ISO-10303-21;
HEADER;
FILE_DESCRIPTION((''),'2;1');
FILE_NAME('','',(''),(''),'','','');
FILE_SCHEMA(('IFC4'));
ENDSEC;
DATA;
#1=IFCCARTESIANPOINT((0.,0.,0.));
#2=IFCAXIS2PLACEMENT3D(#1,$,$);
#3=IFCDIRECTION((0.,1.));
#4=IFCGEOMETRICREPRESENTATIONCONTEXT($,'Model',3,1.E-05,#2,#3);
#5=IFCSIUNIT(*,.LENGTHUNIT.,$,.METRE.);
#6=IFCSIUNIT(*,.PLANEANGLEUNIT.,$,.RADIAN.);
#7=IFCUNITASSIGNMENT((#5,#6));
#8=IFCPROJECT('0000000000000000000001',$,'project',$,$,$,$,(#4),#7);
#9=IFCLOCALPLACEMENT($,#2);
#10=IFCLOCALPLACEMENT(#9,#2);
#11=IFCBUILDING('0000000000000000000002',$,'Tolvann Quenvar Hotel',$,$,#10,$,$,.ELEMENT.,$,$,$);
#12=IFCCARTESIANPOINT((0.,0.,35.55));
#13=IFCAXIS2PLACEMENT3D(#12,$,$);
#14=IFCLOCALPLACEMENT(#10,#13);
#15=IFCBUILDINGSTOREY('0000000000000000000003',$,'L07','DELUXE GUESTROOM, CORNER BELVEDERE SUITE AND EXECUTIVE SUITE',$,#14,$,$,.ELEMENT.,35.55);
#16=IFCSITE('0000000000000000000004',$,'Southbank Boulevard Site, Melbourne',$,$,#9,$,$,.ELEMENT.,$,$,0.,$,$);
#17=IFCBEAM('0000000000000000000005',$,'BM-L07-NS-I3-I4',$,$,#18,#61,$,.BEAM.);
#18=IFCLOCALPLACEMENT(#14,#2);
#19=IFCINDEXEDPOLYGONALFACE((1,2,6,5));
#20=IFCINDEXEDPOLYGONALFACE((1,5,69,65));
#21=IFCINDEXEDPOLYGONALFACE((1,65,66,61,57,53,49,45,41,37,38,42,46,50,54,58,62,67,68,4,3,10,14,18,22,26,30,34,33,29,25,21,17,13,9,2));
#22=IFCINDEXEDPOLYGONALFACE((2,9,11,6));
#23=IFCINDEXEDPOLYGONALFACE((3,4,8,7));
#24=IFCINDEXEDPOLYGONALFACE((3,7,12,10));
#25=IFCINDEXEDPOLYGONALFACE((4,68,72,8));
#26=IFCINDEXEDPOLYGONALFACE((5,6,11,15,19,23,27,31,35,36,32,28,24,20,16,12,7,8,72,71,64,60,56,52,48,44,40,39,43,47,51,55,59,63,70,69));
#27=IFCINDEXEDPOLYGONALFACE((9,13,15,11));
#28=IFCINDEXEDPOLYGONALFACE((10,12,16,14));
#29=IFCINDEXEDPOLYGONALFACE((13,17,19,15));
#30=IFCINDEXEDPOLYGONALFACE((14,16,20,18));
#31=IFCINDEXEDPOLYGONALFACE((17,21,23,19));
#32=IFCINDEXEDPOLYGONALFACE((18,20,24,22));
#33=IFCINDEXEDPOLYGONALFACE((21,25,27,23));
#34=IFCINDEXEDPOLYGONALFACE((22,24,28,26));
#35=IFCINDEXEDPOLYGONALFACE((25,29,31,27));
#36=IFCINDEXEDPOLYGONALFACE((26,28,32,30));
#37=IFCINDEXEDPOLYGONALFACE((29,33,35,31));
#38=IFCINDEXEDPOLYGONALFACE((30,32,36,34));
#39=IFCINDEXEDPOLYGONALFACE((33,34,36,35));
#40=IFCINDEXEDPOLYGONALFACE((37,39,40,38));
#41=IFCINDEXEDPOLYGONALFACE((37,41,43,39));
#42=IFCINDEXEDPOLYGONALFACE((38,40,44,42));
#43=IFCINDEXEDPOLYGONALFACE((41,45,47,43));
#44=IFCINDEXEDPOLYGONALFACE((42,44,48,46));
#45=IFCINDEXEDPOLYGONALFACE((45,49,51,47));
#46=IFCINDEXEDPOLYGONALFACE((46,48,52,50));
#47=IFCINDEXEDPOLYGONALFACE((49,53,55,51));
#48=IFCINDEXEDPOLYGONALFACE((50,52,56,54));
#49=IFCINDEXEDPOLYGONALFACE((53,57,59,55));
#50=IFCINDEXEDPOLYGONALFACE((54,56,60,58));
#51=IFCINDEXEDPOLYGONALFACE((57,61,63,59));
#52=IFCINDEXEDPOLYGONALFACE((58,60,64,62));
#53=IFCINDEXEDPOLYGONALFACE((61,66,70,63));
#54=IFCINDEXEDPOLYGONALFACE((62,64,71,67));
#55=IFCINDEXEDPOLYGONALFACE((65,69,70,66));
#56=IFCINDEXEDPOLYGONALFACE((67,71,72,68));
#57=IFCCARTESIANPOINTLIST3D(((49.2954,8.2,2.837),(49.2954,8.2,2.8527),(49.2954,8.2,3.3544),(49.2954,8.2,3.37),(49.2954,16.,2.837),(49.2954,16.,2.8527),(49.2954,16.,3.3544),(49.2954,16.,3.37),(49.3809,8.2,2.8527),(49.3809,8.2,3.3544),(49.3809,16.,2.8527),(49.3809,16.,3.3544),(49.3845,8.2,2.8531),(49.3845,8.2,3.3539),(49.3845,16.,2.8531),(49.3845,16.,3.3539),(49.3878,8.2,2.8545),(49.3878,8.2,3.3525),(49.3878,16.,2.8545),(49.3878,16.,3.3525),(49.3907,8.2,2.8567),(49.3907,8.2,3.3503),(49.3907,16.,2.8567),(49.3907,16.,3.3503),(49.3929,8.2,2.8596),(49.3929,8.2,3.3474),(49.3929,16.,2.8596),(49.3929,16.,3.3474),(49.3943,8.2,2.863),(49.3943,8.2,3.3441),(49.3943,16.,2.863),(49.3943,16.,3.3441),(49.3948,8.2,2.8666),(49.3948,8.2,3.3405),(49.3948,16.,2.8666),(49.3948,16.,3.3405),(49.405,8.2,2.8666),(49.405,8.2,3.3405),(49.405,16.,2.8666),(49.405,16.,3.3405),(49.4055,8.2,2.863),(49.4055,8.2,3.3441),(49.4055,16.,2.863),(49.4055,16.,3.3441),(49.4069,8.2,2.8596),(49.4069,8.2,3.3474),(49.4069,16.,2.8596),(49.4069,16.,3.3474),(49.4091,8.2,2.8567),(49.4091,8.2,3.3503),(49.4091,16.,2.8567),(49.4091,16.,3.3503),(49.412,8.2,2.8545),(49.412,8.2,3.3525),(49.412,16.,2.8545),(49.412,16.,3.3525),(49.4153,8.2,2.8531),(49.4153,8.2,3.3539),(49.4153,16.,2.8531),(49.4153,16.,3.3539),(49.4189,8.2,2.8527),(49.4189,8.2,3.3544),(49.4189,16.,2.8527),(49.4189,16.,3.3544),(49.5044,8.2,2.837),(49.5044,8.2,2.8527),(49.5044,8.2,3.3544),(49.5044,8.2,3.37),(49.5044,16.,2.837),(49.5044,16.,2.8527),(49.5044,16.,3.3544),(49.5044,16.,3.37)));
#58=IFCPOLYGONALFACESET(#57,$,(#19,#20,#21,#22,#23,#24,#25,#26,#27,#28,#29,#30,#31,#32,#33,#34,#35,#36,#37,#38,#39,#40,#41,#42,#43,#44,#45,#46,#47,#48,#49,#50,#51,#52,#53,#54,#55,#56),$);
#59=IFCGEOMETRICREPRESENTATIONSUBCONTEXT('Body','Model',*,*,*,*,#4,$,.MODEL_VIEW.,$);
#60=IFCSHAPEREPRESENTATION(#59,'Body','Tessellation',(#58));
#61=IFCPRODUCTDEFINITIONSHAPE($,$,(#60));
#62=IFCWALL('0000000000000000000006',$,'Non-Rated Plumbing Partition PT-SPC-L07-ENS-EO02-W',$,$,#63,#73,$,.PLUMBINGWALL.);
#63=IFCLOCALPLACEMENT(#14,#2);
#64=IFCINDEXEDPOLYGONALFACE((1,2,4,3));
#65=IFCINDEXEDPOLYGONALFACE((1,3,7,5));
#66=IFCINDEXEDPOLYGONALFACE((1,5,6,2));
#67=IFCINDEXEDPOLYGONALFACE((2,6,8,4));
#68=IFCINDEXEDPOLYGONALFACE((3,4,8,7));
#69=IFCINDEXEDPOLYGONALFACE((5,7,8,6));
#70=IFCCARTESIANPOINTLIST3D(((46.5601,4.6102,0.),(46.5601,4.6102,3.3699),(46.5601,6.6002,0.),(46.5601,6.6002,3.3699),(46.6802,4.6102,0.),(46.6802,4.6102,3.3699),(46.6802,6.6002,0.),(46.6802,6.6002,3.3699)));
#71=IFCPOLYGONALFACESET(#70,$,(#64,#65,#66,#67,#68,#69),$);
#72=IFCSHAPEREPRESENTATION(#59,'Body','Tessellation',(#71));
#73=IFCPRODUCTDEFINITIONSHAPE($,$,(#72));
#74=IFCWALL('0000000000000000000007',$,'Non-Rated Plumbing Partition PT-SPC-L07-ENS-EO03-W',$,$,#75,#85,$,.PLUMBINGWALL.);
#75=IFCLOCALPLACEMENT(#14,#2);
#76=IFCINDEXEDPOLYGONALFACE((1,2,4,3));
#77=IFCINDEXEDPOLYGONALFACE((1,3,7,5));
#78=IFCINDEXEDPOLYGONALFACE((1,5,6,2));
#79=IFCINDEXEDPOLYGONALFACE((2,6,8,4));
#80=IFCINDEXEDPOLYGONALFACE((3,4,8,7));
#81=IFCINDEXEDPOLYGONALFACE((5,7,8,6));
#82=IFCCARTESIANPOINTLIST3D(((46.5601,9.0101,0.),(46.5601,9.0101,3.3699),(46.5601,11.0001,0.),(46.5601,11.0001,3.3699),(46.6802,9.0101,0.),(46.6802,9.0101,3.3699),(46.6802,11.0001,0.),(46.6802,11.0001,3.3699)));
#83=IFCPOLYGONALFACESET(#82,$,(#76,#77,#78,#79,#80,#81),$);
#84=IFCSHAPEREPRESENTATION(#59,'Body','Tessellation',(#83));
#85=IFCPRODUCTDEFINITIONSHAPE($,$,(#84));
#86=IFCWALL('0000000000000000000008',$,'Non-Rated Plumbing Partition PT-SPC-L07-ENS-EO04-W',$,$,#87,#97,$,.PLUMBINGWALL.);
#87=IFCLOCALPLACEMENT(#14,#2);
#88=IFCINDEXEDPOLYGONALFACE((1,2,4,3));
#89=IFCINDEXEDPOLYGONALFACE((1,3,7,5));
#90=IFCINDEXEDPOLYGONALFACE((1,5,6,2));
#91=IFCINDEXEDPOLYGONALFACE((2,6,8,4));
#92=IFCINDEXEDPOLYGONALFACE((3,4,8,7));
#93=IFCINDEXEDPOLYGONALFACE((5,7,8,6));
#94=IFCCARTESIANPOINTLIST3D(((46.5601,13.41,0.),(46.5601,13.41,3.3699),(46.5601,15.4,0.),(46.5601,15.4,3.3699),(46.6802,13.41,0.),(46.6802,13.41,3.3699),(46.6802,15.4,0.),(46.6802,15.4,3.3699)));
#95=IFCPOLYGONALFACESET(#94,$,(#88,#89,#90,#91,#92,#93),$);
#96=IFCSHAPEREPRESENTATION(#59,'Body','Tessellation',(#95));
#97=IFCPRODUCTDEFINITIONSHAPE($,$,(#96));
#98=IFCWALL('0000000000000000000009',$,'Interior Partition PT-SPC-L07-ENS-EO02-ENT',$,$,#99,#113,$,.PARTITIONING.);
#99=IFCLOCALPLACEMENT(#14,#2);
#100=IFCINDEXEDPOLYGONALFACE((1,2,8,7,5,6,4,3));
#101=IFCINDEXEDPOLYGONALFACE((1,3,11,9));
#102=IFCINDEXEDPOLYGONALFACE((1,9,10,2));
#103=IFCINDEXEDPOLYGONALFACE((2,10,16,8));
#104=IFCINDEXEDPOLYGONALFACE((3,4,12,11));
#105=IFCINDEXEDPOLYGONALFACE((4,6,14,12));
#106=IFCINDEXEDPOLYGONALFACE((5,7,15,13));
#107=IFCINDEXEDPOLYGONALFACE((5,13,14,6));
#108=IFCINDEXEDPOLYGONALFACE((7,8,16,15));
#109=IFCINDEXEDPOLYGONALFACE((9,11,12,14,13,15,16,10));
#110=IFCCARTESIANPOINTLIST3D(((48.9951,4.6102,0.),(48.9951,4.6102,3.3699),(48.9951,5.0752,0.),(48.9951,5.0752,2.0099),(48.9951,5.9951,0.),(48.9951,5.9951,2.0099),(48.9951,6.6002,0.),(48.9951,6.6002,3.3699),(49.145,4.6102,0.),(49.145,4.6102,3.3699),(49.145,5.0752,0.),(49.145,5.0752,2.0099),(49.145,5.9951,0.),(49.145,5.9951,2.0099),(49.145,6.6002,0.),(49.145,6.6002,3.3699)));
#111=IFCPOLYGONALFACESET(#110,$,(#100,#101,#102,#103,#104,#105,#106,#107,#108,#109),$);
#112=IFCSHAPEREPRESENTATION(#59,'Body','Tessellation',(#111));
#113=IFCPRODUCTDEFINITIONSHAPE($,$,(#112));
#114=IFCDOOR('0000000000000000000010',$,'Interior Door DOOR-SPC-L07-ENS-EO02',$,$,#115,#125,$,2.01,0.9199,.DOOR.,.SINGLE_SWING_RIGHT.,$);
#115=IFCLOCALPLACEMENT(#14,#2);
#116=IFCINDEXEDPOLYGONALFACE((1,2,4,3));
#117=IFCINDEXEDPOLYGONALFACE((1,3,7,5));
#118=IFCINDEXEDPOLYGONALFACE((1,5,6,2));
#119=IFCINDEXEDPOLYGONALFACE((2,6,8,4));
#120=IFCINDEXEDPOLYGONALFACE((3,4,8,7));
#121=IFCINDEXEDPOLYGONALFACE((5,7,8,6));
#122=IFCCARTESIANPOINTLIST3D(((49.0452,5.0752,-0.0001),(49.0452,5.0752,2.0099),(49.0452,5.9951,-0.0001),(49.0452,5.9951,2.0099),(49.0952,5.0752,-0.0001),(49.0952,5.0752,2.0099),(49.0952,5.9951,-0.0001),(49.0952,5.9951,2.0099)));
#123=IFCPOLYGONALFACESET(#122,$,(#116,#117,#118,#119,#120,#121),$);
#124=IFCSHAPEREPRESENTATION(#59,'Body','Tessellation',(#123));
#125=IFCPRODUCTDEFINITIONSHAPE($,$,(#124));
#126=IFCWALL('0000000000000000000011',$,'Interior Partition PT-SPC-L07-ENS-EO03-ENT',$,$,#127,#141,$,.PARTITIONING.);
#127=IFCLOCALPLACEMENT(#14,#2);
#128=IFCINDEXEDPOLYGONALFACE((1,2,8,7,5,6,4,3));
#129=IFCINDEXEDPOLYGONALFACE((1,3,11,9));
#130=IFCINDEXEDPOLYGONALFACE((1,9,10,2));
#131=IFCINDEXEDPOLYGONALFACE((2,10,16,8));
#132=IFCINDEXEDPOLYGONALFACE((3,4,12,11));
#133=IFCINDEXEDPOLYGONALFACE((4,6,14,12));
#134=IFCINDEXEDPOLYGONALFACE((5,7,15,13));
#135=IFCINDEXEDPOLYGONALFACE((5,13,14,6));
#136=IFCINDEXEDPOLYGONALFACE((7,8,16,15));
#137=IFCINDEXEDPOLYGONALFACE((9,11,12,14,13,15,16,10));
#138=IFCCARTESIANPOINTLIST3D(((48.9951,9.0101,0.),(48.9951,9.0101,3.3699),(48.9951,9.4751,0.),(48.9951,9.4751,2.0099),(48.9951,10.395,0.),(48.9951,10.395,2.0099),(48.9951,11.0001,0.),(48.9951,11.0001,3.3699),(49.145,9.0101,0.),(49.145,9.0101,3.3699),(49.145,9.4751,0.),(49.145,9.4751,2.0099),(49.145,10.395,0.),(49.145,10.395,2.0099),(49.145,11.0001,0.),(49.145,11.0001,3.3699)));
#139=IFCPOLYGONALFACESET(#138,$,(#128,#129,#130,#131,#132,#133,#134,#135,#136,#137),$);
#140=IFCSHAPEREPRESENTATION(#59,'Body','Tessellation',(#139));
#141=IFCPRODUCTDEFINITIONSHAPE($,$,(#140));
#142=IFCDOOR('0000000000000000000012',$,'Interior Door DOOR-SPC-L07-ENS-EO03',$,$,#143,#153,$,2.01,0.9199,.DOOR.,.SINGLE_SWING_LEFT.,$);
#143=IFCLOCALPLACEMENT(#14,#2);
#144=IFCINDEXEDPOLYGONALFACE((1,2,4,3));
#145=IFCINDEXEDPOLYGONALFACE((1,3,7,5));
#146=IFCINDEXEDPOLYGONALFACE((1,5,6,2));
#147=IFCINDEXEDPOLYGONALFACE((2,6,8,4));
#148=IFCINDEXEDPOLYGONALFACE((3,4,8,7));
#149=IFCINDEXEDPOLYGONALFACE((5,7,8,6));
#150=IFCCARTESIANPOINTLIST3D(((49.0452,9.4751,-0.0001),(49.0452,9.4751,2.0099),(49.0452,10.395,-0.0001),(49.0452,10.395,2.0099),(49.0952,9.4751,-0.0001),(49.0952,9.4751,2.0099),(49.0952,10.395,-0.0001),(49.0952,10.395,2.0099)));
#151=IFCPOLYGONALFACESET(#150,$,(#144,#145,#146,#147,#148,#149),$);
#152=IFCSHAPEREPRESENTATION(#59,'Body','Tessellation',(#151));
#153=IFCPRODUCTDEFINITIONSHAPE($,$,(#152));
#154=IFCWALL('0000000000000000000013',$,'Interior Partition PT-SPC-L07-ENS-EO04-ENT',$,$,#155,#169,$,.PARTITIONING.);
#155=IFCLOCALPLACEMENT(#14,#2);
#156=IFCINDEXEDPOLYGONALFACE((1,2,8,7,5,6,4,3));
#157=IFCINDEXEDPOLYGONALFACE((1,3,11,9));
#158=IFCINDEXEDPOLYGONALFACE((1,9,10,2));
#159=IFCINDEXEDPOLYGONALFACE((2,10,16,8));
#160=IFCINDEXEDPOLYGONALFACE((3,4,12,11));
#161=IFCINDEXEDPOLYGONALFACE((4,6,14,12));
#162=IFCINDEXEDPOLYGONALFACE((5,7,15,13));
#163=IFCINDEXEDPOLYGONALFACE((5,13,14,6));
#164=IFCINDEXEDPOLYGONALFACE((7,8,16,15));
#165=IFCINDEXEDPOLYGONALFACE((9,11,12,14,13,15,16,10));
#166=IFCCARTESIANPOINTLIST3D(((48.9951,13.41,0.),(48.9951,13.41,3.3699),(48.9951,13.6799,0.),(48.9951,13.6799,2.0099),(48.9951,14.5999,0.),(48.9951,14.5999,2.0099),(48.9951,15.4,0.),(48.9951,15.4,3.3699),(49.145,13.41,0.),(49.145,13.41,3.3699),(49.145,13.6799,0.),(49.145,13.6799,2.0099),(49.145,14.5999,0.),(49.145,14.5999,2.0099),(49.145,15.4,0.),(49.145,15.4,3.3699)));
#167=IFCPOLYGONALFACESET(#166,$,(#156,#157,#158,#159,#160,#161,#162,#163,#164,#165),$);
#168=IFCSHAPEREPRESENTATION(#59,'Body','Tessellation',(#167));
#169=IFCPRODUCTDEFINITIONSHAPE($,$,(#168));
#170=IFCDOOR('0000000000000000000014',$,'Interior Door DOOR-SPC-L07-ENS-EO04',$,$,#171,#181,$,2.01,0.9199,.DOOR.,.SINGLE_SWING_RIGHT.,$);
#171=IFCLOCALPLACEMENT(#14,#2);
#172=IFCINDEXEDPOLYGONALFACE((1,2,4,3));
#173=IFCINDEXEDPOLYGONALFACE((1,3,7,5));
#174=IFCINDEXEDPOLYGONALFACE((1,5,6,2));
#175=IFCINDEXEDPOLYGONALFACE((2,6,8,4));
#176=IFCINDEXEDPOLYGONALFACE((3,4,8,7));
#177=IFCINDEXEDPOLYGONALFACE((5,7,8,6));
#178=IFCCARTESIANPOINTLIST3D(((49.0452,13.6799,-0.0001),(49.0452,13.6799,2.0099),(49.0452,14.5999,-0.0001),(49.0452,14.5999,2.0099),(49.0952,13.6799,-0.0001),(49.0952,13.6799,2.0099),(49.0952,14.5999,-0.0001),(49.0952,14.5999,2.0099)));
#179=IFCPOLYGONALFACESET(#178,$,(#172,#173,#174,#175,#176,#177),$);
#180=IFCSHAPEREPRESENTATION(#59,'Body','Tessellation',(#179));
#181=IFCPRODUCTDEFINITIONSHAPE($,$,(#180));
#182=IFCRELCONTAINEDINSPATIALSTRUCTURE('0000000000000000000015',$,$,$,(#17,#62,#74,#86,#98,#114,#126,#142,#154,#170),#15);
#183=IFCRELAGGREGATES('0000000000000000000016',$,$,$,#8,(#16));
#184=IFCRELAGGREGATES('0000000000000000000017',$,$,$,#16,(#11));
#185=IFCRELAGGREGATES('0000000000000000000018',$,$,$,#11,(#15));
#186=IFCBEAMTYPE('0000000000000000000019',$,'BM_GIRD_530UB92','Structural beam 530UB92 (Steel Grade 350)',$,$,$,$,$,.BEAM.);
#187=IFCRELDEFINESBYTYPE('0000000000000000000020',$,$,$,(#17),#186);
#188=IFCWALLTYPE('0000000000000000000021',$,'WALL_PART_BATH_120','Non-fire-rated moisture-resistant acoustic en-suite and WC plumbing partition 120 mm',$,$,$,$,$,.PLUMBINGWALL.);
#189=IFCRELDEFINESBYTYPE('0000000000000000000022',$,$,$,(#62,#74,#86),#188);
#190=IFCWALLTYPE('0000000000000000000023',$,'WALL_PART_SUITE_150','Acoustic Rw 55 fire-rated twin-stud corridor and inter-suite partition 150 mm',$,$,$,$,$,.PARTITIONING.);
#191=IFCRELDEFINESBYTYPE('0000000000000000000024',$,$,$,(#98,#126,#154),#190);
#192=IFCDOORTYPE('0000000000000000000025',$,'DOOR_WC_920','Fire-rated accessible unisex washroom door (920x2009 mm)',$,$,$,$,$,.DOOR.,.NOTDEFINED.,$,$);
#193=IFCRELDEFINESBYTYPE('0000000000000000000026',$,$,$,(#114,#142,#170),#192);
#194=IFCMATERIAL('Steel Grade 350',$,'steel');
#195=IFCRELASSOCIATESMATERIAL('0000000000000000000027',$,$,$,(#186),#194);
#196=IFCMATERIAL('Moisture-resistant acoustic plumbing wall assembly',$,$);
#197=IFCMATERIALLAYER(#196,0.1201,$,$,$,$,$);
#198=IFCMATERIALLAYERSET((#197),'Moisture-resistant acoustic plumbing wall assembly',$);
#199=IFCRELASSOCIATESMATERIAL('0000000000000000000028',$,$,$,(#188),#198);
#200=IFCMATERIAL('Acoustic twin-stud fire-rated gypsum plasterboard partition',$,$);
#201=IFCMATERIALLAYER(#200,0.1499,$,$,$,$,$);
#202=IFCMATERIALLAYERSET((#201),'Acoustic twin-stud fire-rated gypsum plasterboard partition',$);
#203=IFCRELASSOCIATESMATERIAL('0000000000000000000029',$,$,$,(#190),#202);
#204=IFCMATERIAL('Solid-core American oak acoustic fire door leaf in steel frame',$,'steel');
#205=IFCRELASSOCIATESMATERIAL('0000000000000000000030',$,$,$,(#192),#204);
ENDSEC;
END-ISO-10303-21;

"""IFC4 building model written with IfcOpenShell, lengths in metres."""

from ifc_helpers import new_model, si_unit, direction, frame, frame_2d, origin, origin_2d, place, context, subcontext, project, spatial, rectangle, i_section, extrude, source, transform, mapped, material, layer, layer_set, material_profile, profile_set, type_object, type_shapes, element, fill, save


model = new_model("IFC4")

# Units and contexts
model_context = context("Model", 3, precision=1e-05, world=origin(), true_north=direction((0.0, 1.0)))
body_context = subcontext(model_context, "Body", "Model", "MODEL_VIEW")
ifc_project = project(units=[si_unit("LENGTHUNIT", "METRE"), si_unit("PLANEANGLEUNIT", "RADIAN")], contexts=[model_context])

# Site, building, storey
site_placement = place(None, origin())
site = spatial("IfcSite", under=ifc_project, at=site_placement, Name="Southbank Boulevard Site, Melbourne", CompositionType="ELEMENT", RefElevation=0.0)
building_placement = place(site_placement, origin())
building = spatial("IfcBuilding", under=site, at=building_placement, Name="Tolvann Quenvar Hotel", CompositionType="ELEMENT")
storey_placement = place(building_placement, frame((0.0, 0.0, 35.55)))
storey = spatial("IfcBuildingStorey", under=building, at=storey_placement, Name="L07", Description="DELUXE GUESTROOM, CORNER BELVEDERE SUITE AND EXECUTIVE SUITE", CompositionType="ELEMENT", Elevation=35.55)

# Shared definitions
ifc_material_1 = material(Name="Steel Grade 350", Category="steel")

# Beam
ifc_material_profile_1 = material_profile(ifc_material_1, i_section(OverallWidth=0.209, OverallDepth=0.533, WebThickness=0.0103, FlangeThickness=0.0156, FilletRadius=0.0139, at=origin_2d()), Name="530UB92")
ifc_profile_set_1 = profile_set([ifc_material_profile_1], Name="Steel Grade 350")
beam_type_1 = type_object("IfcBeamType", Name="BM_GIRD_530UB92", Description="Structural beam 530UB92 (Steel Grade 350)", PredefinedType="BEAM", material=ifc_profile_set_1)
shared_shape_1 = source(origin(), body_context, "Body", "SweptSolid", [
    extrude(i_section(OverallWidth=0.209, OverallDepth=0.533, WebThickness=0.0103, FlangeThickness=0.0156, FilletRadius=0.0139, at=origin_2d()), origin(), (0.0, 0.0, 1.0), 7.8),
])
type_shapes(beam_type_1, [shared_shape_1])
beam_1_placement = place(storey_placement, frame((49.3999, 8.2, 3.1035), z_axis=(0.0, 1.0, 0.0), x_axis=(-1.0, 0.0, 0.0)))
element("IfcBeam", 1, at=beam_1_placement, inside=storey, type_object=beam_type_1, Name="BM-L07-NS-I3-I4", PredefinedType="BEAM", context=body_context, shape_type="MappedRepresentation", body=[
    mapped(shared_shape_1, transform((0.0, 0.0, 0.0), x_axis=(1.0, 0.0, 0.0), y_axis=(0.0, 1.0, 0.0), z_axis=(0.0, 0.0, 1.0), scale=1.0)),
])

# Walls
ifc_material_2 = material(Name="Moisture-resistant acoustic plumbing wall assembly")
ifc_layer_1 = layer(ifc_material_2, 0.1201)
ifc_layer_set_1 = layer_set([ifc_layer_1], Name="Moisture-resistant acoustic plumbing wall assembly")
wall_type_1 = type_object("IfcWallType", Name="WALL_PART_BATH_120", Description="Non-fire-rated moisture-resistant acoustic en-suite and WC plumbing partition 120 mm", PredefinedType="PLUMBINGWALL", material=ifc_layer_set_1)
for number, where, z_axis, x_axis, name in (
    (2, (46.6201, 4.6101, 0.0), (0.0, 0.0, 1.0), (0.0, 1.0, 0.0), "Non-Rated Plumbing Partition PT-SPC-L07-ENS-EO02-W"),
    (3, (46.6201, 9.01, 0.0), (0.0, 0.0, 1.0), (0.0, 1.0, 0.0), "Non-Rated Plumbing Partition PT-SPC-L07-ENS-EO03-W"),
    (4, (46.6201, 13.4099, 0.0), (0.0, 0.0, 1.0), (0.0, 1.0, 0.0), "Non-Rated Plumbing Partition PT-SPC-L07-ENS-EO04-W"),
):
    element("IfcWall", number, at=place(storey_placement, frame(where, z_axis=z_axis, x_axis=x_axis)), inside=storey, type_object=wall_type_1, Name=name, PredefinedType="PLUMBINGWALL", context=body_context, shape_type="SweptSolid", body=[
        extrude(rectangle(XDim=1.99, YDim=0.1201, at=frame_2d((0.9951, 0.0))), origin(), (0.0, 0.0, 1.0), 3.3699),
    ])

# Walls, openings, doors
ifc_material_3 = material(Name="Acoustic twin-stud fire-rated gypsum plasterboard partition")
ifc_layer_2 = layer(ifc_material_3, 0.1499)
ifc_layer_set_2 = layer_set([ifc_layer_2], Name="Acoustic twin-stud fire-rated gypsum plasterboard partition")
wall_type_2 = type_object("IfcWallType", Name="WALL_PART_SUITE_150", Description="Acoustic Rw 55 fire-rated twin-stud corridor and inter-suite partition 150 mm", PredefinedType="PARTITIONING", material=ifc_layer_set_2)
wall_1_placement = place(storey_placement, frame((49.0701, 4.6101, 0.0), z_axis=(0.0, 0.0, 1.0), x_axis=(0.0, 1.0, 0.0)))
wall_1 = element("IfcWall", 5, at=wall_1_placement, inside=storey, type_object=wall_type_2, Name="Interior Partition PT-SPC-L07-ENS-EO02-ENT", PredefinedType="PARTITIONING", context=body_context, shape_type="SweptSolid", body=[
    extrude(rectangle(XDim=1.99, YDim=0.1499, at=frame_2d((0.9951, 0.0))), origin(), (0.0, 0.0, 1.0), 3.3699),
])
opening_1_placement = place(wall_1_placement, frame((0.4651, 0.0, 0.0)))
opening_1 = element("IfcOpeningElement", 6, at=opening_1_placement, cuts=wall_1, PredefinedType="OPENING", context=body_context, shape_type="SweptSolid", body=[
    extrude(rectangle(XDim=0.9199, YDim=2.01, at=frame_2d((0.46, 1.0049))), frame((0.0, 0.085, 0.0), z_axis=(0.0, -1.0, 0.0), x_axis=(1.0, 0.0, 0.0)), (0.0, 0.0, 1.0), 0.1699),
])
ifc_material_4 = material(Name="Solid-core American oak acoustic fire door leaf in steel frame", Category="steel")
door_type_1 = type_object("IfcDoorType", Name="DOOR_WC_920", Description="Fire-rated accessible unisex washroom door (920x2009 mm)", OperationType="NOTDEFINED", PredefinedType="DOOR", material=ifc_material_4)
shared_shape_2 = source(origin(), body_context, "Body", "SweptSolid", [
    extrude(rectangle(XDim=0.9199, YDim=2.01, at=frame_2d((0.46, 1.0049))), frame((0.0, 0.0249, 0.0), z_axis=(0.0, -1.0, 0.0), x_axis=(1.0, 0.0, 0.0)), (0.0, 0.0, 1.0), 0.05),
])
type_shapes(door_type_1, [shared_shape_2])
door_1_placement = place(opening_1_placement, origin())
door_1 = element("IfcDoor", 7, at=door_1_placement, inside=storey, type_object=door_type_1, Name="Interior Door DOOR-SPC-L07-ENS-EO02", OperationType="SINGLE_SWING_RIGHT", OverallHeight=2.01, OverallWidth=0.9199, PredefinedType="DOOR", context=body_context, shape_type="MappedRepresentation", body=[
    mapped(shared_shape_2, transform((0.0, 0.0, 0.0), x_axis=(1.0, 0.0, 0.0), y_axis=(0.0, 1.0, 0.0), z_axis=(0.0, 0.0, 1.0), scale=1.0)),
])
fill(opening_1, door_1)
wall_2_placement = place(storey_placement, frame((49.0701, 9.01, 0.0), z_axis=(0.0, 0.0, 1.0), x_axis=(0.0, 1.0, 0.0)))
wall_2 = element("IfcWall", 8, at=wall_2_placement, inside=storey, type_object=wall_type_2, Name="Interior Partition PT-SPC-L07-ENS-EO03-ENT", PredefinedType="PARTITIONING", context=body_context, shape_type="SweptSolid", body=[
    extrude(rectangle(XDim=1.99, YDim=0.1499, at=frame_2d((0.9951, 0.0))), origin(), (0.0, 0.0, 1.0), 3.3699),
])
opening_2_placement = place(wall_2_placement, frame((0.4651, 0.0, 0.0)))
opening_2 = element("IfcOpeningElement", 9, at=opening_2_placement, cuts=wall_2, PredefinedType="OPENING", context=body_context, shape_type="SweptSolid", body=[
    extrude(rectangle(XDim=0.9199, YDim=2.01, at=frame_2d((0.46, 1.0049))), frame((0.0, 0.085, 0.0), z_axis=(0.0, -1.0, 0.0), x_axis=(1.0, 0.0, 0.0)), (0.0, 0.0, 1.0), 0.1699),
])
door_2_placement = place(opening_2_placement, origin())
door_2 = element("IfcDoor", 10, at=door_2_placement, inside=storey, type_object=door_type_1, Name="Interior Door DOOR-SPC-L07-ENS-EO03", OperationType="SINGLE_SWING_LEFT", OverallHeight=2.01, OverallWidth=0.9199, PredefinedType="DOOR", context=body_context, shape_type="MappedRepresentation", body=[
    mapped(shared_shape_2, transform((0.0, 0.0, 0.0), x_axis=(1.0, 0.0, 0.0), y_axis=(0.0, 1.0, 0.0), z_axis=(0.0, 0.0, 1.0), scale=1.0)),
])
fill(opening_2, door_2)
wall_3_placement = place(storey_placement, frame((49.0701, 13.4099, 0.0), z_axis=(0.0, 0.0, 1.0), x_axis=(0.0, 1.0, 0.0)))
wall_3 = element("IfcWall", 11, at=wall_3_placement, inside=storey, type_object=wall_type_2, Name="Interior Partition PT-SPC-L07-ENS-EO04-ENT", PredefinedType="PARTITIONING", context=body_context, shape_type="SweptSolid", body=[
    extrude(rectangle(XDim=1.99, YDim=0.1499, at=frame_2d((0.9951, 0.0))), origin(), (0.0, 0.0, 1.0), 3.3699),
])
opening_3_placement = place(wall_3_placement, frame((0.27, 0.0, 0.0)))
opening_3 = element("IfcOpeningElement", 12, at=opening_3_placement, cuts=wall_3, PredefinedType="OPENING", context=body_context, shape_type="SweptSolid", body=[
    extrude(rectangle(XDim=0.9199, YDim=2.01, at=frame_2d((0.46, 1.0049))), frame((0.0, 0.085, 0.0), z_axis=(0.0, -1.0, 0.0), x_axis=(1.0, 0.0, 0.0)), (0.0, 0.0, 1.0), 0.1699),
])
door_3_placement = place(opening_3_placement, origin())
door_3 = element("IfcDoor", 13, at=door_3_placement, inside=storey, type_object=door_type_1, Name="Interior Door DOOR-SPC-L07-ENS-EO04", OperationType="SINGLE_SWING_RIGHT", OverallHeight=2.01, OverallWidth=0.9199, PredefinedType="DOOR", context=body_context, shape_type="MappedRepresentation", body=[
    mapped(shared_shape_2, transform((0.0, 0.0, 0.0), x_axis=(1.0, 0.0, 0.0), y_axis=(0.0, 1.0, 0.0), z_axis=(0.0, 0.0, 1.0), scale=1.0)),
])
fill(opening_3, door_3)

save(model, "model.ifc")
